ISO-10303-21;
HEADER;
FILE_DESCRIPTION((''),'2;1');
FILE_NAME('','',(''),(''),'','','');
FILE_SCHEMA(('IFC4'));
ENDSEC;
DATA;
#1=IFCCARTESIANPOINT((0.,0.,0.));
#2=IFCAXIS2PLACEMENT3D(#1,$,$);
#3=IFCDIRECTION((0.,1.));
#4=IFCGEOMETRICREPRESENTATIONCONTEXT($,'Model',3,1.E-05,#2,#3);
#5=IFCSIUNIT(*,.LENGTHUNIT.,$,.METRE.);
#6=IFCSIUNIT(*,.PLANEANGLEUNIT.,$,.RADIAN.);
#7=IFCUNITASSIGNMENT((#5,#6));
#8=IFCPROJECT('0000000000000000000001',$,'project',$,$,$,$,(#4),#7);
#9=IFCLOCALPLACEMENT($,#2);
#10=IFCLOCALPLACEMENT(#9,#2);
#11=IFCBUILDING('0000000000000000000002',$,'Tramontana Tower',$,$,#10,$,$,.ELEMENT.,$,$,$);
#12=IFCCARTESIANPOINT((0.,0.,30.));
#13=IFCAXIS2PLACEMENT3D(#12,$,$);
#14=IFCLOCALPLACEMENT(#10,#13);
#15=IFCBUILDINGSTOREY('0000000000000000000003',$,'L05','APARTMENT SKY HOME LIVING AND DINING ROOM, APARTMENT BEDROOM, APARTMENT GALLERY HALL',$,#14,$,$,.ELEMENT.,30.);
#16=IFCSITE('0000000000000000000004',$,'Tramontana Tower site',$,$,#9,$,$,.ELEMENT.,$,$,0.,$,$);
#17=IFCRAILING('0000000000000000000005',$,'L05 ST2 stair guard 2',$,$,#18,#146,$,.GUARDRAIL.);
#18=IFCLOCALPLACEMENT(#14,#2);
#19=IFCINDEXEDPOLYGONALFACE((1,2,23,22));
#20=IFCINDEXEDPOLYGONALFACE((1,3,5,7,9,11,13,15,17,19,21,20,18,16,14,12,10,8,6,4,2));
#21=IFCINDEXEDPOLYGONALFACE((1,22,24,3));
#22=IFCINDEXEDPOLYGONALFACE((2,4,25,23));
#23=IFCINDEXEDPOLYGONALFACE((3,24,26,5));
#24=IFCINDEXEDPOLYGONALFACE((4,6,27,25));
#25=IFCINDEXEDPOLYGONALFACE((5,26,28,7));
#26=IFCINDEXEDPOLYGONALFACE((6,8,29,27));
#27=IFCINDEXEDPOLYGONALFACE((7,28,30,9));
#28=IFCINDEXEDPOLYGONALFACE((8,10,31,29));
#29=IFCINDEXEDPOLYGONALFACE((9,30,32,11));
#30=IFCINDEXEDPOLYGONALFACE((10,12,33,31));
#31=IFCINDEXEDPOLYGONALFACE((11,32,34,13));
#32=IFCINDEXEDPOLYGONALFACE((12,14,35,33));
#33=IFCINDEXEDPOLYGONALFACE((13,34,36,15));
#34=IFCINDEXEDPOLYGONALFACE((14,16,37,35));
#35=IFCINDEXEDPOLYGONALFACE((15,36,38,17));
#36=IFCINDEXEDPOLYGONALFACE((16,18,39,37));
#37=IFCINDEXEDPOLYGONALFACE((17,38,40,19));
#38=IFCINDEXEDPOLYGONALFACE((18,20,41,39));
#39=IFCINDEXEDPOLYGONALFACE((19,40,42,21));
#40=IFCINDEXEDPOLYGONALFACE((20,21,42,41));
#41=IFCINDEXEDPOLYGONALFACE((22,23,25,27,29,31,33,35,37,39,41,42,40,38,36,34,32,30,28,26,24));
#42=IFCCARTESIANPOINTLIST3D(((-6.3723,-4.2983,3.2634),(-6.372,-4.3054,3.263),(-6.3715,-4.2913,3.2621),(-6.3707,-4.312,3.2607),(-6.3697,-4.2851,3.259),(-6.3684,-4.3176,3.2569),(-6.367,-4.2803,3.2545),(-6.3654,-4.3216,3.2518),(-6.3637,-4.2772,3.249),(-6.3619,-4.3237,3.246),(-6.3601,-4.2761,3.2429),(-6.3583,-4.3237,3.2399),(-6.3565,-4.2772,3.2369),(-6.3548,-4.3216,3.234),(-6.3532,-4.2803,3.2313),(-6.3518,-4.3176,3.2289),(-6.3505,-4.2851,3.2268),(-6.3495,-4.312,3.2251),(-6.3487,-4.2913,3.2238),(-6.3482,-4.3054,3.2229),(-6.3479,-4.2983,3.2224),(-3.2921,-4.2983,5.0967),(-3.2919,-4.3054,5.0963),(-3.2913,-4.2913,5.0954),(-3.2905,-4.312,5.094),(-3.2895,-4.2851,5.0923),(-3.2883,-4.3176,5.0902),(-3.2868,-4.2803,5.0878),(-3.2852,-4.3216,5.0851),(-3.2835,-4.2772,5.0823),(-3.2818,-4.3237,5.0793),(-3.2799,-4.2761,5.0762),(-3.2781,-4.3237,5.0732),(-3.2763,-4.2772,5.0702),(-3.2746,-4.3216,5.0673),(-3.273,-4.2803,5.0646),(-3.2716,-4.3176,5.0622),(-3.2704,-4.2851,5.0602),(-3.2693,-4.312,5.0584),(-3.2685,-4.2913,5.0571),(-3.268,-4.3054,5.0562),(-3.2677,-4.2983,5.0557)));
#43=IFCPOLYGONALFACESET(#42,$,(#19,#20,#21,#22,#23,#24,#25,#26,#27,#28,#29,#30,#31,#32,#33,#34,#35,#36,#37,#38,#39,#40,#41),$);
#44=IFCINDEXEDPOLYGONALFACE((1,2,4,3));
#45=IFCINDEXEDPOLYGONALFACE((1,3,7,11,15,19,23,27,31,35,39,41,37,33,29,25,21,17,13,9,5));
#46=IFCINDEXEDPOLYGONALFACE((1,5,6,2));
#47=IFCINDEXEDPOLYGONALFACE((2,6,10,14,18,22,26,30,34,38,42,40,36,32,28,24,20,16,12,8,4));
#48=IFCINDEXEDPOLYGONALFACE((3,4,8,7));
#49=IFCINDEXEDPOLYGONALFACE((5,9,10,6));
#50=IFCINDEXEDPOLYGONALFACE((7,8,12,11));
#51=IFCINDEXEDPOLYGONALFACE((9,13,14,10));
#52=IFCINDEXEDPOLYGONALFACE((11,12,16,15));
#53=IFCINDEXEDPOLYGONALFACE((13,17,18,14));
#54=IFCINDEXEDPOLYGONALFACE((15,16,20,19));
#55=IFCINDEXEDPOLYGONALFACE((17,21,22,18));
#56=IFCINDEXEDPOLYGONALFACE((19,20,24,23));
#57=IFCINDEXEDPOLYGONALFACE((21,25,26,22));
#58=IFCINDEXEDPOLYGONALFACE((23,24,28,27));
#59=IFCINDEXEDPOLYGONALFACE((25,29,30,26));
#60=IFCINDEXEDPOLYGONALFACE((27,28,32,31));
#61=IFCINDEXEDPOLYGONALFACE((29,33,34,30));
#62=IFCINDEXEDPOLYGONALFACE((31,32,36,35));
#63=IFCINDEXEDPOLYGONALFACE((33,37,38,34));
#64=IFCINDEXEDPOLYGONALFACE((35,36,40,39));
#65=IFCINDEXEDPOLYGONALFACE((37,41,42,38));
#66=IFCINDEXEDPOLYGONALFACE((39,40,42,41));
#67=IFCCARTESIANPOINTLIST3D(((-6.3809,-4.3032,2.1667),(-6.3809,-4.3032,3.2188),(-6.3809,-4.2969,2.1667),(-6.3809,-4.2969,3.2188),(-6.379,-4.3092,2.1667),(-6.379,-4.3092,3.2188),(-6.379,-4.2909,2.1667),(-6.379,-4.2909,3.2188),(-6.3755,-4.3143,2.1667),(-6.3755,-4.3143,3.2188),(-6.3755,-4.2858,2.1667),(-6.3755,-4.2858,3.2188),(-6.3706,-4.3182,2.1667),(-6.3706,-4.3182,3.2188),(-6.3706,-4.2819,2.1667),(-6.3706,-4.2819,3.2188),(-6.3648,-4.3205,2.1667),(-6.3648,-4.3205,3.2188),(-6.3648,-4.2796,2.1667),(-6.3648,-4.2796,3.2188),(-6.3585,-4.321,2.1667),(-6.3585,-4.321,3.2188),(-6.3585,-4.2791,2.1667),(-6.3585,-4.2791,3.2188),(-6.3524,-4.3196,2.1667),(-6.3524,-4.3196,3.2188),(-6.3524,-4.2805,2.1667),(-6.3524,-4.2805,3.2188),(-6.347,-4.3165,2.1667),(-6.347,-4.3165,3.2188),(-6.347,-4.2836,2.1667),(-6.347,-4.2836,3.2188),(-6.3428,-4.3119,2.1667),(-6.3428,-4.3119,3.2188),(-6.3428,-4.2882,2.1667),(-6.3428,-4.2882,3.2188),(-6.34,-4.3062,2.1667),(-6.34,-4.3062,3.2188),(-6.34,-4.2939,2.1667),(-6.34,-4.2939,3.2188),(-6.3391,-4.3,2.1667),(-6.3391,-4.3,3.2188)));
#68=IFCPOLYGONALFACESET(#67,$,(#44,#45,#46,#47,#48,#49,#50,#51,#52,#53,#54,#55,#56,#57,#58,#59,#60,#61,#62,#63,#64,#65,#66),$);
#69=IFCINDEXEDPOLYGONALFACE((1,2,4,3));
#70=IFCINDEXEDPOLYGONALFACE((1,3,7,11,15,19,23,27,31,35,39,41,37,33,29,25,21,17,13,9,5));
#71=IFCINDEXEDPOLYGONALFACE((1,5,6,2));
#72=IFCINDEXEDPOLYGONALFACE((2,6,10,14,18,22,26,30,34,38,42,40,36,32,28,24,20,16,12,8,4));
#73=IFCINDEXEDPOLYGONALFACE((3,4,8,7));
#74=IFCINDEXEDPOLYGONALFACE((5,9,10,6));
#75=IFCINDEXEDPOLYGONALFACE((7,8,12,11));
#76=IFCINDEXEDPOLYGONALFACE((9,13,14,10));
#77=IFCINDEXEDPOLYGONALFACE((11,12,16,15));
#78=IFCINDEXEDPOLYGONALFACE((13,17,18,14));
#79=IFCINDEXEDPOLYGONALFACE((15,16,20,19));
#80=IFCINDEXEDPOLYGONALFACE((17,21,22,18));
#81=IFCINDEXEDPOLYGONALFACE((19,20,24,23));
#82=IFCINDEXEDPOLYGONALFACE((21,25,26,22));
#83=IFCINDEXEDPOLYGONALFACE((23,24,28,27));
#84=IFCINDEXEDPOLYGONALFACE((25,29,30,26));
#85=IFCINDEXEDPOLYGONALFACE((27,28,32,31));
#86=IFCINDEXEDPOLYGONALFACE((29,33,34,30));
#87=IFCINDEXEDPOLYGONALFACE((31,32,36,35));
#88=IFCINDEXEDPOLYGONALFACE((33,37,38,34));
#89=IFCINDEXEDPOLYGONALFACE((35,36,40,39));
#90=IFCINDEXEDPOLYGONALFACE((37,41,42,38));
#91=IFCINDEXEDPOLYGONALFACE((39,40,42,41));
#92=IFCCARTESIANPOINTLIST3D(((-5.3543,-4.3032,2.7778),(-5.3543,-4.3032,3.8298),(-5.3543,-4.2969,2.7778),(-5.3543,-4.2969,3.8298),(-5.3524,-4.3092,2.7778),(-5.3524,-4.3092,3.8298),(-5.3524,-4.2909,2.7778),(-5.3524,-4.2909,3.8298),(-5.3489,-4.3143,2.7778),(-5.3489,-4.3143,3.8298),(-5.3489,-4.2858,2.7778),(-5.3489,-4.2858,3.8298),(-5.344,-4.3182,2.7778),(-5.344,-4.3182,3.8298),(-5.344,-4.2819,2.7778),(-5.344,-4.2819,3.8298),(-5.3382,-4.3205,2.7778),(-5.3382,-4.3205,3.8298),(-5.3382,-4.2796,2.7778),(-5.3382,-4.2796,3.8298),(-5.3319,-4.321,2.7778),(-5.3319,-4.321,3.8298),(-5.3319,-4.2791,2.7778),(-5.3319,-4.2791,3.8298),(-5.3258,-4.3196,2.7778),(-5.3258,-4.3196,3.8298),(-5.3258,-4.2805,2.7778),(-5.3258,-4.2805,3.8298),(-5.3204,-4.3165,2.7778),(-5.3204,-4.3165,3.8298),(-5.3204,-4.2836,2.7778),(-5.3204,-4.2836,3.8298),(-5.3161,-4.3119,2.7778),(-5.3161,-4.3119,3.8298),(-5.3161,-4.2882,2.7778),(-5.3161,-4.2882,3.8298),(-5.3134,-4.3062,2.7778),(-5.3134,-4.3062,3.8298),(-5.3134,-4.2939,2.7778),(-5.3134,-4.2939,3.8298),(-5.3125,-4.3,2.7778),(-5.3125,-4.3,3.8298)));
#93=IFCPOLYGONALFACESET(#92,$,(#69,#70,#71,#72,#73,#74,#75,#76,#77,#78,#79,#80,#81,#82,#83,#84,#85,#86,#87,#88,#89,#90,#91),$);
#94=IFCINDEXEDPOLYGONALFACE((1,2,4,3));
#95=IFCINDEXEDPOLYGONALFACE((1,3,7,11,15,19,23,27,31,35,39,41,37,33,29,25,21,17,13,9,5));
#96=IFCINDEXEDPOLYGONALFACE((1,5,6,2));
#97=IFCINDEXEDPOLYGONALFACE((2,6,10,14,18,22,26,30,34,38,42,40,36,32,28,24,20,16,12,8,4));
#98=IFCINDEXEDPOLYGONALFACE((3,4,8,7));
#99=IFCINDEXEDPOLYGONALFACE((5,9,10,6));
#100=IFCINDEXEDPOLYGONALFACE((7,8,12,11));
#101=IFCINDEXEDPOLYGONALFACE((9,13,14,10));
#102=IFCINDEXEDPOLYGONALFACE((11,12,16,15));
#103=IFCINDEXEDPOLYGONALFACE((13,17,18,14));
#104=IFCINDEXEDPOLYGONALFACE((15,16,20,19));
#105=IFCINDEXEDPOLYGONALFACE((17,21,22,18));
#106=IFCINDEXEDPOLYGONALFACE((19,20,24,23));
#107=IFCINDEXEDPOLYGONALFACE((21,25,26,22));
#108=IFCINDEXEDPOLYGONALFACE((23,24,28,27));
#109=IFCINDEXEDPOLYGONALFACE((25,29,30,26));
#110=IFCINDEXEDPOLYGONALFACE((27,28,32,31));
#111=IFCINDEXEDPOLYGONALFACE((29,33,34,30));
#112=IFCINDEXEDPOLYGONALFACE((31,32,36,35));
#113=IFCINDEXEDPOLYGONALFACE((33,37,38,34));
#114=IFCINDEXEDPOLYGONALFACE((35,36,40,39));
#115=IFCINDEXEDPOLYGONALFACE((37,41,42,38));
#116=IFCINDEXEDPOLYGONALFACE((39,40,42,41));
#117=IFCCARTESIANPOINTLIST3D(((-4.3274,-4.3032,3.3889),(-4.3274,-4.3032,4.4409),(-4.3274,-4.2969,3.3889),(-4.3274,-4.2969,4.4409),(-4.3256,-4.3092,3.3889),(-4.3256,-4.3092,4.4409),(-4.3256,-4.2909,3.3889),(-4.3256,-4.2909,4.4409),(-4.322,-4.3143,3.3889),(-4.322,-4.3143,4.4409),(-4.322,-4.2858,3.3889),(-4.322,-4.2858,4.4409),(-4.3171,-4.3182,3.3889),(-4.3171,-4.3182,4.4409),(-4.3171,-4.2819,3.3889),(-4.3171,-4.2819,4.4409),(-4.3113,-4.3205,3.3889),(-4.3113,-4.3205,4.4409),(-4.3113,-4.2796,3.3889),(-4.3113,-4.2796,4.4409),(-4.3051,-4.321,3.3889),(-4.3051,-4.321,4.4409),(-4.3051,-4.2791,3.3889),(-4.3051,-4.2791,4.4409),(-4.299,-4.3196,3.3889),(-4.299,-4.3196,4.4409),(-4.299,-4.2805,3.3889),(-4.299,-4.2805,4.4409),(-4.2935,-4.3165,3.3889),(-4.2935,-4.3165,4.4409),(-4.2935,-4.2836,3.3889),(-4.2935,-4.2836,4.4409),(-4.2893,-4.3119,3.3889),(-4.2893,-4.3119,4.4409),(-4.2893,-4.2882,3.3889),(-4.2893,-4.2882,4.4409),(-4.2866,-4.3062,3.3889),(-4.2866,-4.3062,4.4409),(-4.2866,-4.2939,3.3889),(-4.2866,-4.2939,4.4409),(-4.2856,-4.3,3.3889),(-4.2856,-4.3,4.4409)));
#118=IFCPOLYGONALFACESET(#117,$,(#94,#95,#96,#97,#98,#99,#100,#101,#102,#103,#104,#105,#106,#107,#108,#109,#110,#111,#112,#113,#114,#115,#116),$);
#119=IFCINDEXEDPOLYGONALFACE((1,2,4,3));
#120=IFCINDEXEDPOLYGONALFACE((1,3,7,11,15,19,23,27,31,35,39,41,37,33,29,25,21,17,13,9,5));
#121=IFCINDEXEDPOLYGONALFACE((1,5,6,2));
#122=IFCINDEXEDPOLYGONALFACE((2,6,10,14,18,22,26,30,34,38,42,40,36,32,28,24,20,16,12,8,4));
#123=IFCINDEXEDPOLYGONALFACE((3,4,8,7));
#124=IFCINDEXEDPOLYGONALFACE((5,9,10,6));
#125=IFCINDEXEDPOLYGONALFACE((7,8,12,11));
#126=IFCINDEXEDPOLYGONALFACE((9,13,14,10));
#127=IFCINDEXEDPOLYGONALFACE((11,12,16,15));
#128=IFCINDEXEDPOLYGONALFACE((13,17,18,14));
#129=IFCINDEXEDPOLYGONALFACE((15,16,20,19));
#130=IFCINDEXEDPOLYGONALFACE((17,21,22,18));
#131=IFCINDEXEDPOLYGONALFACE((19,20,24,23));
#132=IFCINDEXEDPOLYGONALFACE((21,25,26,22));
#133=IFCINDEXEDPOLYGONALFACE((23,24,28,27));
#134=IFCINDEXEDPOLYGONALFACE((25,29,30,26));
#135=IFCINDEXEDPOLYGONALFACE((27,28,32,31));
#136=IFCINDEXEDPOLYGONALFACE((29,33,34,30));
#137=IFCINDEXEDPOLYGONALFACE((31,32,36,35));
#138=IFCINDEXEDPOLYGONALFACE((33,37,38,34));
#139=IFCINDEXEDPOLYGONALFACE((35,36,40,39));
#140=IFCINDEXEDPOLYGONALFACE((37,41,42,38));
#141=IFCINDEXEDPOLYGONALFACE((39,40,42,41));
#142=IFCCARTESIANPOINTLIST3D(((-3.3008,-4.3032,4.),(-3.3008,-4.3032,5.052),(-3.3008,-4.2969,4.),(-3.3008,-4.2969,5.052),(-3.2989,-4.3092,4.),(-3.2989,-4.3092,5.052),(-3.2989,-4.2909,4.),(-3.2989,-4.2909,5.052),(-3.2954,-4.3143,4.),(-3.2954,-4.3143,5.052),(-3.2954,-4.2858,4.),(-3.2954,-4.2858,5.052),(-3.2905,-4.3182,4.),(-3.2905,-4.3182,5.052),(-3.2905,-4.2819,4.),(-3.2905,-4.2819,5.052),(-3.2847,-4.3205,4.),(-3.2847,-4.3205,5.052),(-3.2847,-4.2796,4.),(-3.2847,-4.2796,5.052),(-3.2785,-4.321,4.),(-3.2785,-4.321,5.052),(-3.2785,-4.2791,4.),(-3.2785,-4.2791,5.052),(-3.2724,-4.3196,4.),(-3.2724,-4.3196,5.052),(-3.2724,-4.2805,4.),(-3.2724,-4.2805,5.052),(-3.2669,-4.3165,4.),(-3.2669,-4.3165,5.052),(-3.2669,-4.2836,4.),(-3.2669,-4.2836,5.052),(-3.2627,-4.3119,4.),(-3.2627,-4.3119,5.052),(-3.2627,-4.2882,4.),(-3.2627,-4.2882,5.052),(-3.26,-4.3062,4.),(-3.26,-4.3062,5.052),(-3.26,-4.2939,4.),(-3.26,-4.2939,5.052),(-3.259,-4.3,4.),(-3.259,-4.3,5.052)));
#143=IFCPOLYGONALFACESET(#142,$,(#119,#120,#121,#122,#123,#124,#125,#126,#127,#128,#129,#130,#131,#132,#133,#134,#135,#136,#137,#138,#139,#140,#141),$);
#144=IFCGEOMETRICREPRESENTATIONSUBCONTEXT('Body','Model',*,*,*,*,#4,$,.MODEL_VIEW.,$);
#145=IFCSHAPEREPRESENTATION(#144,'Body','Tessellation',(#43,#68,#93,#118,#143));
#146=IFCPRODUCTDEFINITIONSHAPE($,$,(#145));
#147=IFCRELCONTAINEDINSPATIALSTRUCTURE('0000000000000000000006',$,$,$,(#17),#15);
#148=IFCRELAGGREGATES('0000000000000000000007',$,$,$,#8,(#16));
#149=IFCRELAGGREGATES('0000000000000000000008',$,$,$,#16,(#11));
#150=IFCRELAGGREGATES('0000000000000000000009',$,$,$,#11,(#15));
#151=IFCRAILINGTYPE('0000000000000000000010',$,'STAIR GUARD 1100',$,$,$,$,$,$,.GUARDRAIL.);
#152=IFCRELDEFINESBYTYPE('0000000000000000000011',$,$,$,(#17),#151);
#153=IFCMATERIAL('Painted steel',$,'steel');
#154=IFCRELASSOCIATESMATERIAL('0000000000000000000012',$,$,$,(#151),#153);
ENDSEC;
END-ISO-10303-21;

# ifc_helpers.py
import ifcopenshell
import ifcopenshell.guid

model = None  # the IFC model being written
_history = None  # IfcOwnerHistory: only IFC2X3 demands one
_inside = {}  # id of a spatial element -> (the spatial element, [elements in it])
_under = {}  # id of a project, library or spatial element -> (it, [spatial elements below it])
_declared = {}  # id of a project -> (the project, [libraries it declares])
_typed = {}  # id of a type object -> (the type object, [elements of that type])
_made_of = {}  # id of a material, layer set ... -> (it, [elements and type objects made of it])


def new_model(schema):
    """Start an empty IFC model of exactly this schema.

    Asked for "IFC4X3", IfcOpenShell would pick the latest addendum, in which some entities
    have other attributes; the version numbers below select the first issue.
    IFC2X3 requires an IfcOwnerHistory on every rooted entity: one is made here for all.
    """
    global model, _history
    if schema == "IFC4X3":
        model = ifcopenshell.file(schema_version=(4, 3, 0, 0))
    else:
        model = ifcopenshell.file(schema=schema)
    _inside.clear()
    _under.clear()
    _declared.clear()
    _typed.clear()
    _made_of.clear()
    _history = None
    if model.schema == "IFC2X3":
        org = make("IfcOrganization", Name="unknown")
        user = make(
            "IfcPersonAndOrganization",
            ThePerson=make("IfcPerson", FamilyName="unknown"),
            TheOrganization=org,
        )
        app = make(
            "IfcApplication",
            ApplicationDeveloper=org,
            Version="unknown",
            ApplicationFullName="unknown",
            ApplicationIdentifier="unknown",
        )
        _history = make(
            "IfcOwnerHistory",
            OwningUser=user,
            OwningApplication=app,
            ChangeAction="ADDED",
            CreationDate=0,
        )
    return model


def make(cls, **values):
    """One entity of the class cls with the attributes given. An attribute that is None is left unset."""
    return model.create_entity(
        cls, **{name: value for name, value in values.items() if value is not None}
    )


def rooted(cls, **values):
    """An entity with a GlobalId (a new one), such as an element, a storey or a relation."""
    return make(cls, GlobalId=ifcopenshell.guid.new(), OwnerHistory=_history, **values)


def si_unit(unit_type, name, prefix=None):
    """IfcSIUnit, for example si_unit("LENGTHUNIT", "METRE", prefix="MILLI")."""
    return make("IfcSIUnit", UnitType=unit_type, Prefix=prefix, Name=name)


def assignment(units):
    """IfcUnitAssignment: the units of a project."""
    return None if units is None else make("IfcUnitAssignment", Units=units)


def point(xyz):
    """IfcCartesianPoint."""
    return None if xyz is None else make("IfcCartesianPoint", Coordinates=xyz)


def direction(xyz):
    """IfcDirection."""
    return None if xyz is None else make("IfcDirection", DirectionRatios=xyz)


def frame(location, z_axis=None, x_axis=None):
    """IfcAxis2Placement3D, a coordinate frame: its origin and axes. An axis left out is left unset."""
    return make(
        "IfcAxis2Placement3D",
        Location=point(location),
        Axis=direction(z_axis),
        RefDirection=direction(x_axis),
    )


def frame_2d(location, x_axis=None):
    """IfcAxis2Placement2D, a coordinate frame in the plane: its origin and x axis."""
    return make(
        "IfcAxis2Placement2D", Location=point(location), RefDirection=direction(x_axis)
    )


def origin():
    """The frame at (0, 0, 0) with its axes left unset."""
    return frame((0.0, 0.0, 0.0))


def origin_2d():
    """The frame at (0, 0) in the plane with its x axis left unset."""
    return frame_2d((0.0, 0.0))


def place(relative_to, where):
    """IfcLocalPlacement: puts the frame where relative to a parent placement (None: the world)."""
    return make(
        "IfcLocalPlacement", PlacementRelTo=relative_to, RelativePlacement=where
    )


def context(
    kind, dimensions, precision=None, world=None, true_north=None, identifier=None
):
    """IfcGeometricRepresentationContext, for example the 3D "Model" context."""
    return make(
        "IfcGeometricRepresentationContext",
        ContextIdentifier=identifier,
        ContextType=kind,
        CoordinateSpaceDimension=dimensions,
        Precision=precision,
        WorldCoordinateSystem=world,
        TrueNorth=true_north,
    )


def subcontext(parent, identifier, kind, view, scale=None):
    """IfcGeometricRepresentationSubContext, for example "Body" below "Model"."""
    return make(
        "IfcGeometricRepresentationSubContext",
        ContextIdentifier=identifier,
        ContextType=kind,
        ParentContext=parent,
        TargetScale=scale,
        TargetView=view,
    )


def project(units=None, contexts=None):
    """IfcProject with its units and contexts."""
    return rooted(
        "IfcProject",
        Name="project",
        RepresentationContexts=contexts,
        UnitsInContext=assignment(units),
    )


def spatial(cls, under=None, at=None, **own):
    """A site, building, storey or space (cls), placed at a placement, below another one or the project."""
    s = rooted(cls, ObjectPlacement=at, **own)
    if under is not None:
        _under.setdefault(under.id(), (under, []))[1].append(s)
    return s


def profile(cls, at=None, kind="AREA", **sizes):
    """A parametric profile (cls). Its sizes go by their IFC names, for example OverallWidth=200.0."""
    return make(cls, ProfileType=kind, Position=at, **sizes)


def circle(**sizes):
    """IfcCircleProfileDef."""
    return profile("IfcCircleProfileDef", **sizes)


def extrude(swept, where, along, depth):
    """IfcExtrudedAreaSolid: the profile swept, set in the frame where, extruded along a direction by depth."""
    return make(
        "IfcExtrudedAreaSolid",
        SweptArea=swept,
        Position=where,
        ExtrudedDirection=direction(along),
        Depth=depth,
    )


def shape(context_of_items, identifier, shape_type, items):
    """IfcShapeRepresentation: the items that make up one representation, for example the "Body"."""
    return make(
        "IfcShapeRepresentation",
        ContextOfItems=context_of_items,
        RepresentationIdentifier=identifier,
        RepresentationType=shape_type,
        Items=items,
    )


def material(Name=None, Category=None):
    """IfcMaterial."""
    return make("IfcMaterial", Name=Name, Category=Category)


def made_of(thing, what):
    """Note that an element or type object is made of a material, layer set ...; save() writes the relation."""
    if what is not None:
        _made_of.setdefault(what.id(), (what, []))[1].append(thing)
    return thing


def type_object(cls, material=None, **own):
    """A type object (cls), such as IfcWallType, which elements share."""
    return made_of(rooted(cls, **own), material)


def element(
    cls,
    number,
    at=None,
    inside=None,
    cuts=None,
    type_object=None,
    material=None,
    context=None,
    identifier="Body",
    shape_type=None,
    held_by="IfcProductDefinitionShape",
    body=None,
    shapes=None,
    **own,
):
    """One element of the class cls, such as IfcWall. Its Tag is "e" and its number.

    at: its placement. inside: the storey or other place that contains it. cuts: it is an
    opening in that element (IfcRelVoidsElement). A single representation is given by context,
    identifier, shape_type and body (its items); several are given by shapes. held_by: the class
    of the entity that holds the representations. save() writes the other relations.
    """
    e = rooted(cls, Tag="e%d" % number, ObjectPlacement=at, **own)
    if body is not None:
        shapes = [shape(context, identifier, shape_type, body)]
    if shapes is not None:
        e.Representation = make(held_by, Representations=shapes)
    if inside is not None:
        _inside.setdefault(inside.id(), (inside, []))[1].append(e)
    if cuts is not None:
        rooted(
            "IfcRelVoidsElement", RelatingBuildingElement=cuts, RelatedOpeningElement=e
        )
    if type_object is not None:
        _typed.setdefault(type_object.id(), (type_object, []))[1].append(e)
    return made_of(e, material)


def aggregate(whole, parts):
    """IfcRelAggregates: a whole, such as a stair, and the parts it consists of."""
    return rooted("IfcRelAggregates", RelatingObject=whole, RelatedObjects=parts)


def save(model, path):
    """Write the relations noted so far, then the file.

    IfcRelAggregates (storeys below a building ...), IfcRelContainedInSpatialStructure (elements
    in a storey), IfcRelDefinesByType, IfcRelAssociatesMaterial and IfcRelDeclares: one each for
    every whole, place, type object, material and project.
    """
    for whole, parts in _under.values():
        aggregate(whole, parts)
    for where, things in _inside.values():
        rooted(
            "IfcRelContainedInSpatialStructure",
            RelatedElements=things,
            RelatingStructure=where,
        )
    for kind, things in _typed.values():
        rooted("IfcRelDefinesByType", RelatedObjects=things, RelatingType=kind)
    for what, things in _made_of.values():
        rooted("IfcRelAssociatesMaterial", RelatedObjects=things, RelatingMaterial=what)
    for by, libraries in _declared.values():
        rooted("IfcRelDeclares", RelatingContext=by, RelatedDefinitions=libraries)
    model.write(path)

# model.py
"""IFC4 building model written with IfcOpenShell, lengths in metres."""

from ifc_helpers import new_model, si_unit, direction, frame, origin, origin_2d, place, context, subcontext, project, spatial, circle, extrude, material, type_object, element, save


model = new_model("IFC4")

# Units and contexts
model_context = context("Model", 3, precision=1e-05, world=origin(), true_north=direction((0.0, 1.0)))
body_context = subcontext(model_context, "Body", "Model", "MODEL_VIEW")
ifc_project = project(units=[si_unit("LENGTHUNIT", "METRE"), si_unit("PLANEANGLEUNIT", "RADIAN")], contexts=[model_context])

# Site, building, storey
site_placement = place(None, origin())
site = spatial("IfcSite", under=ifc_project, at=site_placement, Name="Tramontana Tower site", CompositionType="ELEMENT", RefElevation=0.0)
building_placement = place(site_placement, origin())
building = spatial("IfcBuilding", under=site, at=building_placement, Name="Tramontana Tower", CompositionType="ELEMENT")
storey_placement = place(building_placement, frame((0.0, 0.0, 30.0)))
storey = spatial("IfcBuildingStorey", under=building, at=storey_placement, Name="L05", Description="APARTMENT SKY HOME LIVING AND DINING ROOM, APARTMENT BEDROOM, APARTMENT GALLERY HALL", CompositionType="ELEMENT", Elevation=30.0)

# Railing
ifc_material_1 = material(Name="Painted steel", Category="steel")
railing_type_1 = type_object("IfcRailingType", Name="STAIR GUARD 1100", PredefinedType="GUARDRAIL", material=ifc_material_1)
railing_1_placement = place(storey_placement, frame((-6.3601, -4.3, 2.1667)))
element("IfcRailing", 1, at=railing_1_placement, inside=storey, type_object=railing_type_1, Name="L05 ST2 stair guard 2", PredefinedType="GUARDRAIL", context=body_context, shape_type="SweptSolid", body=[
    extrude(circle(Radius=0.0239, at=origin_2d()), frame((0.0, 0.0, 1.0762), z_axis=(0.859309, 0.0, 0.511458), x_axis=(0.0, 1.0, 0.0)), (0.0, 0.0, 1.0), 3.5845),
    extrude(circle(Radius=0.021, at=origin_2d()), origin(), (0.0, 0.0, 1.0), 1.052),
    extrude(circle(Radius=0.021, at=origin_2d()), frame((1.0266, 0.0, 0.6111)), (0.0, 0.0, 1.0), 1.052),
    extrude(circle(Radius=0.021, at=origin_2d()), frame((2.0535, 0.0, 1.2222)), (0.0, 0.0, 1.0), 1.052),
    extrude(circle(Radius=0.021, at=origin_2d()), frame((3.0801, 0.0, 1.8333)), (0.0, 0.0, 1.0), 1.052),
])

save(model, "model.ifc")
